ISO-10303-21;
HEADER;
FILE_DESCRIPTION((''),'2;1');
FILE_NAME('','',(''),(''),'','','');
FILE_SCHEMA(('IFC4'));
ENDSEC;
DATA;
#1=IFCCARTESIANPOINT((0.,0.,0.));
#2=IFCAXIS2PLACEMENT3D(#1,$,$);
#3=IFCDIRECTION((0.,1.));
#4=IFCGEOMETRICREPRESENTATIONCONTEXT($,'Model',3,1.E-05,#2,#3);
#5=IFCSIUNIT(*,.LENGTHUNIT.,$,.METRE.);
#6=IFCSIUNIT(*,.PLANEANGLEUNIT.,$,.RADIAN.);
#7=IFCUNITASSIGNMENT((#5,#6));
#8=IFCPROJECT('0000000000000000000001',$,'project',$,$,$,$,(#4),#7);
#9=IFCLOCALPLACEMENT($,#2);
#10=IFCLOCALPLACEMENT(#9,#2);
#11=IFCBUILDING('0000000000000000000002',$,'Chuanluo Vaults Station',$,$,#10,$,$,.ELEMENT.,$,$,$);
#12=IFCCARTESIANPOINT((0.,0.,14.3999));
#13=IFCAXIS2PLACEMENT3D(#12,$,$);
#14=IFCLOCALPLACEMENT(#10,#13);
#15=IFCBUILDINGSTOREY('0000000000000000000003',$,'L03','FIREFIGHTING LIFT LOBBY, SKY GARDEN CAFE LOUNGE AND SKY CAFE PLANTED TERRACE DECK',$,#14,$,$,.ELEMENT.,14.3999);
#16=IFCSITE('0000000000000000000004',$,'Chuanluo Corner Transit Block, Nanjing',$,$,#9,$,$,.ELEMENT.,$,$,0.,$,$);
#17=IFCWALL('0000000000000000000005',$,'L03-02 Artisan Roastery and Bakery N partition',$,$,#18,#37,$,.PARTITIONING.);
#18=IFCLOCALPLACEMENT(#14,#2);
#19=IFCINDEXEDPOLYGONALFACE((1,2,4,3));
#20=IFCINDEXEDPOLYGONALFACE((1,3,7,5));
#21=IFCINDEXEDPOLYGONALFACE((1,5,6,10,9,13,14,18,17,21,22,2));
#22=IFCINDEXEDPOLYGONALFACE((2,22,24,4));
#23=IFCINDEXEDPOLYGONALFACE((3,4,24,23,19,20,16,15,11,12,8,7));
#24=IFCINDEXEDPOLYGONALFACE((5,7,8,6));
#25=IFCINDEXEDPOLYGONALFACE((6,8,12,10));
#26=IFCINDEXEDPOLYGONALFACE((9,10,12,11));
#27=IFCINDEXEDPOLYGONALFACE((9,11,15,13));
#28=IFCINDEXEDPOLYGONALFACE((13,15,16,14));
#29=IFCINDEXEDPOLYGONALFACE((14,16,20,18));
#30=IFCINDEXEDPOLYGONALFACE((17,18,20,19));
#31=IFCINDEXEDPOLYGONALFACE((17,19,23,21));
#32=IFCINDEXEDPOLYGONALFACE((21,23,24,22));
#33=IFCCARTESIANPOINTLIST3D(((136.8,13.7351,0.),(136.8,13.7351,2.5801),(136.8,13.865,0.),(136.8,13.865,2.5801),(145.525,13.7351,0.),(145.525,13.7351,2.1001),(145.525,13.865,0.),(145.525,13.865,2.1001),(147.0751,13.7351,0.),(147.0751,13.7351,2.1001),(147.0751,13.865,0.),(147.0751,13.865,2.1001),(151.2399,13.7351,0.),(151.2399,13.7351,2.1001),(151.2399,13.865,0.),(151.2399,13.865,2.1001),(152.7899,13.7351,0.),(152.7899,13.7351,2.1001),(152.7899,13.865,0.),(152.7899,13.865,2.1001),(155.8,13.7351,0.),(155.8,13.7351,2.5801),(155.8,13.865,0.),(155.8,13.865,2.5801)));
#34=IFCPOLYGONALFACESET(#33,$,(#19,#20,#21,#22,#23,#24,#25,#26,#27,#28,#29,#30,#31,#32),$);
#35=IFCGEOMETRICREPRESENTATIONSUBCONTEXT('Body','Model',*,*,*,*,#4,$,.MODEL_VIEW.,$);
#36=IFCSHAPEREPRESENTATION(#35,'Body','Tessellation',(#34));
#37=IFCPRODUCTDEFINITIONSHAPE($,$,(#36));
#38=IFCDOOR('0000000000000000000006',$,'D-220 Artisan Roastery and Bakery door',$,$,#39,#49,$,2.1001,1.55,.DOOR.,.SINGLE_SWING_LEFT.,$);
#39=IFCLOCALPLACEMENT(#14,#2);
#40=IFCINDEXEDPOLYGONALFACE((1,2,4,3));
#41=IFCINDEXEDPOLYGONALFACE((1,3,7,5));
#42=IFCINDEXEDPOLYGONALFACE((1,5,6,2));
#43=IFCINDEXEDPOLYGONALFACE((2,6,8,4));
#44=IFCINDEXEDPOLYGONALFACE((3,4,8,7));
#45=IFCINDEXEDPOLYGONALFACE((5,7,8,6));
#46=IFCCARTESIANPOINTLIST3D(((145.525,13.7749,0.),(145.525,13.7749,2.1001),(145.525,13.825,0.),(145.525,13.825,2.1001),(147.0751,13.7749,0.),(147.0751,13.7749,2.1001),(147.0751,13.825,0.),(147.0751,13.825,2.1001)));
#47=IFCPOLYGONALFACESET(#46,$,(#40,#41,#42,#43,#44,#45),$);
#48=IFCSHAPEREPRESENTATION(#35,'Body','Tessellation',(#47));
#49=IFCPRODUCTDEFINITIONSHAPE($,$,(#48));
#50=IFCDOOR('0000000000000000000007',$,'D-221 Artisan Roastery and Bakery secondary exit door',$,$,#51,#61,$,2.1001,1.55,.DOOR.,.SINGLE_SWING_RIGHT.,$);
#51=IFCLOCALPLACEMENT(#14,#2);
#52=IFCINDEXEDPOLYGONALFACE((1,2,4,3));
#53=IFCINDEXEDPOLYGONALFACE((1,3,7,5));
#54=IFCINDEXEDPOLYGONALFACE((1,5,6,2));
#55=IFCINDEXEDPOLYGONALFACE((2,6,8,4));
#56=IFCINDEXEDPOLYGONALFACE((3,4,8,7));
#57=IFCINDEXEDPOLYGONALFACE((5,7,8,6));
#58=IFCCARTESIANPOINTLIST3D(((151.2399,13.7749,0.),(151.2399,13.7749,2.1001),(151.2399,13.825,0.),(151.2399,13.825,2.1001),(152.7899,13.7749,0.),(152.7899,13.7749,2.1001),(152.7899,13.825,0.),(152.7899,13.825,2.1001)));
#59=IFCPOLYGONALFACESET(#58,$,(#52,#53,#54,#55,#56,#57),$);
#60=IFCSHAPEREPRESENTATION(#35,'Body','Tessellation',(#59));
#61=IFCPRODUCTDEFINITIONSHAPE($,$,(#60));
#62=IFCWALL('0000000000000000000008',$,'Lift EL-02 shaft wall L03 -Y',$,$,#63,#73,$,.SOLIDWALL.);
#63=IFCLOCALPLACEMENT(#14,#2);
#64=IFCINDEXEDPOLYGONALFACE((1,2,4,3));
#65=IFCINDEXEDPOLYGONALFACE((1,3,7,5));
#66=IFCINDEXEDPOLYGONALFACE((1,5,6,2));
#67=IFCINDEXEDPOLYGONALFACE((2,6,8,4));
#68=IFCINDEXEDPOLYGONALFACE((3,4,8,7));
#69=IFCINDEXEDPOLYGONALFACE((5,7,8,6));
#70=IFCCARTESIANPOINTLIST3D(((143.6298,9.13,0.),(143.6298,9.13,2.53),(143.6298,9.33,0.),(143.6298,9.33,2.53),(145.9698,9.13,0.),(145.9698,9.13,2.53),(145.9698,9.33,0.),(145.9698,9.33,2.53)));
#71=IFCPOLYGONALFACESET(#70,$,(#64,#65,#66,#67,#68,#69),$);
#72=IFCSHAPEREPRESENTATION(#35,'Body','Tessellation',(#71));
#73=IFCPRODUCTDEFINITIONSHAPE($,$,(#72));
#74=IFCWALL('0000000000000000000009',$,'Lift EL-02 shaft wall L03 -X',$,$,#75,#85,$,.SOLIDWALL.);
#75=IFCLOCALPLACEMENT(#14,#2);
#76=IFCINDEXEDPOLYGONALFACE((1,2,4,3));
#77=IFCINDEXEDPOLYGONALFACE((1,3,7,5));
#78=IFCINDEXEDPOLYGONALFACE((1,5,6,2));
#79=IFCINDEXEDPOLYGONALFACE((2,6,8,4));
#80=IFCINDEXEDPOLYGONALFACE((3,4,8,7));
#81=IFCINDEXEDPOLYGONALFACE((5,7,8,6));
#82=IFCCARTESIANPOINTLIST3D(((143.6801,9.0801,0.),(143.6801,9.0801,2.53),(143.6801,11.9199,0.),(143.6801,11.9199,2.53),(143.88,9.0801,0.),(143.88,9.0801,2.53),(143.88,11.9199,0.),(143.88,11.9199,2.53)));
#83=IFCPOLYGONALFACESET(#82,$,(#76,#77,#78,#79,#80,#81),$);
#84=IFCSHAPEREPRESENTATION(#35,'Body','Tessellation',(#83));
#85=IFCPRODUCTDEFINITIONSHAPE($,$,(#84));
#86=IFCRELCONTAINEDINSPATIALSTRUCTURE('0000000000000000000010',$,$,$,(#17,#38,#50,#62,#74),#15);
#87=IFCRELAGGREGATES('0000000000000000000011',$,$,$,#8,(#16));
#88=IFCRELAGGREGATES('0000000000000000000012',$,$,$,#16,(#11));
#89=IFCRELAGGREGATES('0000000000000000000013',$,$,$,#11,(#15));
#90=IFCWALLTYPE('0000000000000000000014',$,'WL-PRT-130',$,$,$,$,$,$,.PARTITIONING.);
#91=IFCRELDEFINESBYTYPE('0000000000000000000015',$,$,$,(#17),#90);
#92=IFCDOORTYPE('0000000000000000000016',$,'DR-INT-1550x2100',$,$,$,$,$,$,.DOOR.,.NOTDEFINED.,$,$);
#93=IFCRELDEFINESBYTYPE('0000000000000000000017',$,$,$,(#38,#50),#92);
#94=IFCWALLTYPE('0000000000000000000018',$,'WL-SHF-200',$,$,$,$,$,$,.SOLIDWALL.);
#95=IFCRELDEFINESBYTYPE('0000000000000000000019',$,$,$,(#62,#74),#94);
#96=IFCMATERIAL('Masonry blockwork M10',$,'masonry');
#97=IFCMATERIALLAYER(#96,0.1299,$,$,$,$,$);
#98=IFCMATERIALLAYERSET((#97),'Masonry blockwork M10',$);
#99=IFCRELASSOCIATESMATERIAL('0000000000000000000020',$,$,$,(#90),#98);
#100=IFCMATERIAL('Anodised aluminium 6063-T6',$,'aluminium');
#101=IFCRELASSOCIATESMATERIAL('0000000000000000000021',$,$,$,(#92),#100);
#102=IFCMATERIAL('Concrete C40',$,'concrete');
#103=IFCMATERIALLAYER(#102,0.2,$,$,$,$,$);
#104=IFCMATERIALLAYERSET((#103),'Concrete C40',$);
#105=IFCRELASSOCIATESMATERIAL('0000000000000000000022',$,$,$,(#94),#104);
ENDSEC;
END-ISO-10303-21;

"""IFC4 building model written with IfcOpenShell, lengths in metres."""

from ifc_helpers import new_model, si_unit, direction, frame, frame_2d, origin, place, context, subcontext, project, spatial, rectangle, extrude, material, layer, layer_set, type_object, element, fill, save


model = new_model("IFC4")

# Units and contexts
model_context = context("Model", 3, precision=1e-05, world=origin(), true_north=direction((0.0, 1.0)))
body_context = subcontext(model_context, "Body", "Model", "MODEL_VIEW")
ifc_project = project(units=[si_unit("LENGTHUNIT", "METRE"), si_unit("PLANEANGLEUNIT", "RADIAN")], contexts=[model_context])

# Site, building, storey
site_placement = place(None, origin())
site = spatial("IfcSite", under=ifc_project, at=site_placement, Name="Chuanluo Corner Transit Block, Nanjing", CompositionType="ELEMENT", RefElevation=0.0)
building_placement = place(site_placement, origin())
building = spatial("IfcBuilding", under=site, at=building_placement, Name="Chuanluo Vaults Station", CompositionType="ELEMENT")
storey_placement = place(building_placement, frame((0.0, 0.0, 14.3999)))
storey = spatial("IfcBuildingStorey", under=building, at=storey_placement, Name="L03", Description="FIREFIGHTING LIFT LOBBY, SKY GARDEN CAFE LOUNGE AND SKY CAFE PLANTED TERRACE DECK", CompositionType="ELEMENT", Elevation=14.3999)

# Wall, openings, doors
ifc_material_1 = material(Name="Masonry blockwork M10", Category="masonry")
ifc_layer_1 = layer(ifc_material_1, 0.1299)
ifc_layer_set_1 = layer_set([ifc_layer_1], Name="Masonry blockwork M10")
wall_type_1 = type_object("IfcWallType", Name="WL-PRT-130", PredefinedType="PARTITIONING", material=ifc_layer_set_1)
wall_1_placement = place(storey_placement, frame((136.8, 13.8, 0.0), z_axis=(0.0, 0.0, 1.0), x_axis=(1.0, 0.0, 0.0)))
wall_1 = element("IfcWall", 1, at=wall_1_placement, inside=storey, type_object=wall_type_1, Name="L03-02 Artisan Roastery and Bakery N partition", PredefinedType="PARTITIONING", context=body_context, shape_type="SweptSolid", body=[
    extrude(rectangle(XDim=19.0, YDim=0.1299, at=frame_2d((9.5, 0.0))), origin(), (0.0, 0.0, 1.0), 2.5801),
])
opening_1_placement = place(wall_1_placement, frame((8.7251, 0.0, 0.0)))
opening_1 = element("IfcOpeningElement", 2, at=opening_1_placement, cuts=wall_1, PredefinedType="OPENING", context=body_context, shape_type="SweptSolid", body=[
    extrude(rectangle(XDim=1.55, YDim=2.1001, at=frame_2d((0.7749, 1.05))), frame((0.0, 0.0749, 0.0), z_axis=(0.0, -1.0, 0.0), x_axis=(1.0, 0.0, 0.0)), (0.0, 0.0, 1.0), 0.1499),
])
opening_2_placement = place(wall_1_placement, frame((14.4399, 0.0, 0.0)))
opening_2 = element("IfcOpeningElement", 3, at=opening_2_placement, cuts=wall_1, PredefinedType="OPENING", context=body_context, shape_type="SweptSolid", body=[
    extrude(rectangle(XDim=1.55, YDim=2.1001, at=frame_2d((0.7749, 1.05))), frame((0.0, 0.0749, 0.0), z_axis=(0.0, -1.0, 0.0), x_axis=(1.0, 0.0, 0.0)), (0.0, 0.0, 1.0), 0.1499),
])
ifc_material_2 = material(Name="Anodised aluminium 6063-T6", Category="aluminium")
door_type = type_object("IfcDoorType", Name="DR-INT-1550x2100", OperationType="NOTDEFINED", PredefinedType="DOOR", material=ifc_material_2)
door_1_placement = place(opening_1_placement, origin())
door_1 = element("IfcDoor", 4, at=door_1_placement, inside=storey, type_object=door_type, Name="D-220 Artisan Roastery and Bakery door", OperationType="SINGLE_SWING_LEFT", OverallHeight=2.1001, OverallWidth=1.55, PredefinedType="DOOR", context=body_context, shape_type="SweptSolid", body=[
    extrude(rectangle(XDim=1.55, YDim=2.1001, at=frame_2d((0.7749, 1.05))), frame((0.0, 0.0249, 0.0), z_axis=(0.0, -1.0, 0.0), x_axis=(1.0, 0.0, 0.0)), (0.0, 0.0, 1.0), 0.05),
])
fill(opening_1, door_1)
door_2_placement = place(opening_2_placement, origin())
door_2 = element("IfcDoor", 5, at=door_2_placement, inside=storey, type_object=door_type, Name="D-221 Artisan Roastery and Bakery secondary exit door", OperationType="SINGLE_SWING_RIGHT", OverallHeight=2.1001, OverallWidth=1.55, PredefinedType="DOOR", context=body_context, shape_type="SweptSolid", body=[
    extrude(rectangle(XDim=1.55, YDim=2.1001, at=frame_2d((0.7749, 1.05))), frame((0.0, 0.0249, 0.0), z_axis=(0.0, -1.0, 0.0), x_axis=(1.0, 0.0, 0.0)), (0.0, 0.0, 1.0), 0.05),
])
fill(opening_2, door_2)

# Walls
ifc_material_3 = material(Name="Concrete C40", Category="concrete")
ifc_layer_2 = layer(ifc_material_3, 0.2)
ifc_layer_set_2 = layer_set([ifc_layer_2], Name="Concrete C40")
wall_type_2 = type_object("IfcWallType", Name="WL-SHF-200", PredefinedType="SOLIDWALL", material=ifc_layer_set_2)
wall_2_placement = place(storey_placement, frame((143.6299, 9.23, 0.0), z_axis=(0.0, 0.0, 1.0), x_axis=(1.0, 0.0, 0.0)))
element("IfcWall", 6, at=wall_2_placement, inside=storey, type_object=wall_type_2, Name="Lift EL-02 shaft wall L03 -Y", PredefinedType="SOLIDWALL", context=body_context, shape_type="SweptSolid", body=[
    extrude(rectangle(XDim=2.3401, YDim=0.2, at=frame_2d((1.1699, 0.0))), origin(), (0.0, 0.0, 1.0), 2.53),
])
wall_3_placement = place(storey_placement, frame((143.78, 11.9199, 0.0), z_axis=(0.0, 0.0, 1.0), x_axis=(0.0, -1.0, 0.0)))
element("IfcWall", 7, at=wall_3_placement, inside=storey, type_object=wall_type_2, Name="Lift EL-02 shaft wall L03 -X", PredefinedType="SOLIDWALL", context=body_context, shape_type="SweptSolid", body=[
    extrude(rectangle(XDim=2.8398, YDim=0.2, at=frame_2d((1.4199, 0.0))), origin(), (0.0, 0.0, 1.0), 2.53),
])

save(model, "model.ifc")
